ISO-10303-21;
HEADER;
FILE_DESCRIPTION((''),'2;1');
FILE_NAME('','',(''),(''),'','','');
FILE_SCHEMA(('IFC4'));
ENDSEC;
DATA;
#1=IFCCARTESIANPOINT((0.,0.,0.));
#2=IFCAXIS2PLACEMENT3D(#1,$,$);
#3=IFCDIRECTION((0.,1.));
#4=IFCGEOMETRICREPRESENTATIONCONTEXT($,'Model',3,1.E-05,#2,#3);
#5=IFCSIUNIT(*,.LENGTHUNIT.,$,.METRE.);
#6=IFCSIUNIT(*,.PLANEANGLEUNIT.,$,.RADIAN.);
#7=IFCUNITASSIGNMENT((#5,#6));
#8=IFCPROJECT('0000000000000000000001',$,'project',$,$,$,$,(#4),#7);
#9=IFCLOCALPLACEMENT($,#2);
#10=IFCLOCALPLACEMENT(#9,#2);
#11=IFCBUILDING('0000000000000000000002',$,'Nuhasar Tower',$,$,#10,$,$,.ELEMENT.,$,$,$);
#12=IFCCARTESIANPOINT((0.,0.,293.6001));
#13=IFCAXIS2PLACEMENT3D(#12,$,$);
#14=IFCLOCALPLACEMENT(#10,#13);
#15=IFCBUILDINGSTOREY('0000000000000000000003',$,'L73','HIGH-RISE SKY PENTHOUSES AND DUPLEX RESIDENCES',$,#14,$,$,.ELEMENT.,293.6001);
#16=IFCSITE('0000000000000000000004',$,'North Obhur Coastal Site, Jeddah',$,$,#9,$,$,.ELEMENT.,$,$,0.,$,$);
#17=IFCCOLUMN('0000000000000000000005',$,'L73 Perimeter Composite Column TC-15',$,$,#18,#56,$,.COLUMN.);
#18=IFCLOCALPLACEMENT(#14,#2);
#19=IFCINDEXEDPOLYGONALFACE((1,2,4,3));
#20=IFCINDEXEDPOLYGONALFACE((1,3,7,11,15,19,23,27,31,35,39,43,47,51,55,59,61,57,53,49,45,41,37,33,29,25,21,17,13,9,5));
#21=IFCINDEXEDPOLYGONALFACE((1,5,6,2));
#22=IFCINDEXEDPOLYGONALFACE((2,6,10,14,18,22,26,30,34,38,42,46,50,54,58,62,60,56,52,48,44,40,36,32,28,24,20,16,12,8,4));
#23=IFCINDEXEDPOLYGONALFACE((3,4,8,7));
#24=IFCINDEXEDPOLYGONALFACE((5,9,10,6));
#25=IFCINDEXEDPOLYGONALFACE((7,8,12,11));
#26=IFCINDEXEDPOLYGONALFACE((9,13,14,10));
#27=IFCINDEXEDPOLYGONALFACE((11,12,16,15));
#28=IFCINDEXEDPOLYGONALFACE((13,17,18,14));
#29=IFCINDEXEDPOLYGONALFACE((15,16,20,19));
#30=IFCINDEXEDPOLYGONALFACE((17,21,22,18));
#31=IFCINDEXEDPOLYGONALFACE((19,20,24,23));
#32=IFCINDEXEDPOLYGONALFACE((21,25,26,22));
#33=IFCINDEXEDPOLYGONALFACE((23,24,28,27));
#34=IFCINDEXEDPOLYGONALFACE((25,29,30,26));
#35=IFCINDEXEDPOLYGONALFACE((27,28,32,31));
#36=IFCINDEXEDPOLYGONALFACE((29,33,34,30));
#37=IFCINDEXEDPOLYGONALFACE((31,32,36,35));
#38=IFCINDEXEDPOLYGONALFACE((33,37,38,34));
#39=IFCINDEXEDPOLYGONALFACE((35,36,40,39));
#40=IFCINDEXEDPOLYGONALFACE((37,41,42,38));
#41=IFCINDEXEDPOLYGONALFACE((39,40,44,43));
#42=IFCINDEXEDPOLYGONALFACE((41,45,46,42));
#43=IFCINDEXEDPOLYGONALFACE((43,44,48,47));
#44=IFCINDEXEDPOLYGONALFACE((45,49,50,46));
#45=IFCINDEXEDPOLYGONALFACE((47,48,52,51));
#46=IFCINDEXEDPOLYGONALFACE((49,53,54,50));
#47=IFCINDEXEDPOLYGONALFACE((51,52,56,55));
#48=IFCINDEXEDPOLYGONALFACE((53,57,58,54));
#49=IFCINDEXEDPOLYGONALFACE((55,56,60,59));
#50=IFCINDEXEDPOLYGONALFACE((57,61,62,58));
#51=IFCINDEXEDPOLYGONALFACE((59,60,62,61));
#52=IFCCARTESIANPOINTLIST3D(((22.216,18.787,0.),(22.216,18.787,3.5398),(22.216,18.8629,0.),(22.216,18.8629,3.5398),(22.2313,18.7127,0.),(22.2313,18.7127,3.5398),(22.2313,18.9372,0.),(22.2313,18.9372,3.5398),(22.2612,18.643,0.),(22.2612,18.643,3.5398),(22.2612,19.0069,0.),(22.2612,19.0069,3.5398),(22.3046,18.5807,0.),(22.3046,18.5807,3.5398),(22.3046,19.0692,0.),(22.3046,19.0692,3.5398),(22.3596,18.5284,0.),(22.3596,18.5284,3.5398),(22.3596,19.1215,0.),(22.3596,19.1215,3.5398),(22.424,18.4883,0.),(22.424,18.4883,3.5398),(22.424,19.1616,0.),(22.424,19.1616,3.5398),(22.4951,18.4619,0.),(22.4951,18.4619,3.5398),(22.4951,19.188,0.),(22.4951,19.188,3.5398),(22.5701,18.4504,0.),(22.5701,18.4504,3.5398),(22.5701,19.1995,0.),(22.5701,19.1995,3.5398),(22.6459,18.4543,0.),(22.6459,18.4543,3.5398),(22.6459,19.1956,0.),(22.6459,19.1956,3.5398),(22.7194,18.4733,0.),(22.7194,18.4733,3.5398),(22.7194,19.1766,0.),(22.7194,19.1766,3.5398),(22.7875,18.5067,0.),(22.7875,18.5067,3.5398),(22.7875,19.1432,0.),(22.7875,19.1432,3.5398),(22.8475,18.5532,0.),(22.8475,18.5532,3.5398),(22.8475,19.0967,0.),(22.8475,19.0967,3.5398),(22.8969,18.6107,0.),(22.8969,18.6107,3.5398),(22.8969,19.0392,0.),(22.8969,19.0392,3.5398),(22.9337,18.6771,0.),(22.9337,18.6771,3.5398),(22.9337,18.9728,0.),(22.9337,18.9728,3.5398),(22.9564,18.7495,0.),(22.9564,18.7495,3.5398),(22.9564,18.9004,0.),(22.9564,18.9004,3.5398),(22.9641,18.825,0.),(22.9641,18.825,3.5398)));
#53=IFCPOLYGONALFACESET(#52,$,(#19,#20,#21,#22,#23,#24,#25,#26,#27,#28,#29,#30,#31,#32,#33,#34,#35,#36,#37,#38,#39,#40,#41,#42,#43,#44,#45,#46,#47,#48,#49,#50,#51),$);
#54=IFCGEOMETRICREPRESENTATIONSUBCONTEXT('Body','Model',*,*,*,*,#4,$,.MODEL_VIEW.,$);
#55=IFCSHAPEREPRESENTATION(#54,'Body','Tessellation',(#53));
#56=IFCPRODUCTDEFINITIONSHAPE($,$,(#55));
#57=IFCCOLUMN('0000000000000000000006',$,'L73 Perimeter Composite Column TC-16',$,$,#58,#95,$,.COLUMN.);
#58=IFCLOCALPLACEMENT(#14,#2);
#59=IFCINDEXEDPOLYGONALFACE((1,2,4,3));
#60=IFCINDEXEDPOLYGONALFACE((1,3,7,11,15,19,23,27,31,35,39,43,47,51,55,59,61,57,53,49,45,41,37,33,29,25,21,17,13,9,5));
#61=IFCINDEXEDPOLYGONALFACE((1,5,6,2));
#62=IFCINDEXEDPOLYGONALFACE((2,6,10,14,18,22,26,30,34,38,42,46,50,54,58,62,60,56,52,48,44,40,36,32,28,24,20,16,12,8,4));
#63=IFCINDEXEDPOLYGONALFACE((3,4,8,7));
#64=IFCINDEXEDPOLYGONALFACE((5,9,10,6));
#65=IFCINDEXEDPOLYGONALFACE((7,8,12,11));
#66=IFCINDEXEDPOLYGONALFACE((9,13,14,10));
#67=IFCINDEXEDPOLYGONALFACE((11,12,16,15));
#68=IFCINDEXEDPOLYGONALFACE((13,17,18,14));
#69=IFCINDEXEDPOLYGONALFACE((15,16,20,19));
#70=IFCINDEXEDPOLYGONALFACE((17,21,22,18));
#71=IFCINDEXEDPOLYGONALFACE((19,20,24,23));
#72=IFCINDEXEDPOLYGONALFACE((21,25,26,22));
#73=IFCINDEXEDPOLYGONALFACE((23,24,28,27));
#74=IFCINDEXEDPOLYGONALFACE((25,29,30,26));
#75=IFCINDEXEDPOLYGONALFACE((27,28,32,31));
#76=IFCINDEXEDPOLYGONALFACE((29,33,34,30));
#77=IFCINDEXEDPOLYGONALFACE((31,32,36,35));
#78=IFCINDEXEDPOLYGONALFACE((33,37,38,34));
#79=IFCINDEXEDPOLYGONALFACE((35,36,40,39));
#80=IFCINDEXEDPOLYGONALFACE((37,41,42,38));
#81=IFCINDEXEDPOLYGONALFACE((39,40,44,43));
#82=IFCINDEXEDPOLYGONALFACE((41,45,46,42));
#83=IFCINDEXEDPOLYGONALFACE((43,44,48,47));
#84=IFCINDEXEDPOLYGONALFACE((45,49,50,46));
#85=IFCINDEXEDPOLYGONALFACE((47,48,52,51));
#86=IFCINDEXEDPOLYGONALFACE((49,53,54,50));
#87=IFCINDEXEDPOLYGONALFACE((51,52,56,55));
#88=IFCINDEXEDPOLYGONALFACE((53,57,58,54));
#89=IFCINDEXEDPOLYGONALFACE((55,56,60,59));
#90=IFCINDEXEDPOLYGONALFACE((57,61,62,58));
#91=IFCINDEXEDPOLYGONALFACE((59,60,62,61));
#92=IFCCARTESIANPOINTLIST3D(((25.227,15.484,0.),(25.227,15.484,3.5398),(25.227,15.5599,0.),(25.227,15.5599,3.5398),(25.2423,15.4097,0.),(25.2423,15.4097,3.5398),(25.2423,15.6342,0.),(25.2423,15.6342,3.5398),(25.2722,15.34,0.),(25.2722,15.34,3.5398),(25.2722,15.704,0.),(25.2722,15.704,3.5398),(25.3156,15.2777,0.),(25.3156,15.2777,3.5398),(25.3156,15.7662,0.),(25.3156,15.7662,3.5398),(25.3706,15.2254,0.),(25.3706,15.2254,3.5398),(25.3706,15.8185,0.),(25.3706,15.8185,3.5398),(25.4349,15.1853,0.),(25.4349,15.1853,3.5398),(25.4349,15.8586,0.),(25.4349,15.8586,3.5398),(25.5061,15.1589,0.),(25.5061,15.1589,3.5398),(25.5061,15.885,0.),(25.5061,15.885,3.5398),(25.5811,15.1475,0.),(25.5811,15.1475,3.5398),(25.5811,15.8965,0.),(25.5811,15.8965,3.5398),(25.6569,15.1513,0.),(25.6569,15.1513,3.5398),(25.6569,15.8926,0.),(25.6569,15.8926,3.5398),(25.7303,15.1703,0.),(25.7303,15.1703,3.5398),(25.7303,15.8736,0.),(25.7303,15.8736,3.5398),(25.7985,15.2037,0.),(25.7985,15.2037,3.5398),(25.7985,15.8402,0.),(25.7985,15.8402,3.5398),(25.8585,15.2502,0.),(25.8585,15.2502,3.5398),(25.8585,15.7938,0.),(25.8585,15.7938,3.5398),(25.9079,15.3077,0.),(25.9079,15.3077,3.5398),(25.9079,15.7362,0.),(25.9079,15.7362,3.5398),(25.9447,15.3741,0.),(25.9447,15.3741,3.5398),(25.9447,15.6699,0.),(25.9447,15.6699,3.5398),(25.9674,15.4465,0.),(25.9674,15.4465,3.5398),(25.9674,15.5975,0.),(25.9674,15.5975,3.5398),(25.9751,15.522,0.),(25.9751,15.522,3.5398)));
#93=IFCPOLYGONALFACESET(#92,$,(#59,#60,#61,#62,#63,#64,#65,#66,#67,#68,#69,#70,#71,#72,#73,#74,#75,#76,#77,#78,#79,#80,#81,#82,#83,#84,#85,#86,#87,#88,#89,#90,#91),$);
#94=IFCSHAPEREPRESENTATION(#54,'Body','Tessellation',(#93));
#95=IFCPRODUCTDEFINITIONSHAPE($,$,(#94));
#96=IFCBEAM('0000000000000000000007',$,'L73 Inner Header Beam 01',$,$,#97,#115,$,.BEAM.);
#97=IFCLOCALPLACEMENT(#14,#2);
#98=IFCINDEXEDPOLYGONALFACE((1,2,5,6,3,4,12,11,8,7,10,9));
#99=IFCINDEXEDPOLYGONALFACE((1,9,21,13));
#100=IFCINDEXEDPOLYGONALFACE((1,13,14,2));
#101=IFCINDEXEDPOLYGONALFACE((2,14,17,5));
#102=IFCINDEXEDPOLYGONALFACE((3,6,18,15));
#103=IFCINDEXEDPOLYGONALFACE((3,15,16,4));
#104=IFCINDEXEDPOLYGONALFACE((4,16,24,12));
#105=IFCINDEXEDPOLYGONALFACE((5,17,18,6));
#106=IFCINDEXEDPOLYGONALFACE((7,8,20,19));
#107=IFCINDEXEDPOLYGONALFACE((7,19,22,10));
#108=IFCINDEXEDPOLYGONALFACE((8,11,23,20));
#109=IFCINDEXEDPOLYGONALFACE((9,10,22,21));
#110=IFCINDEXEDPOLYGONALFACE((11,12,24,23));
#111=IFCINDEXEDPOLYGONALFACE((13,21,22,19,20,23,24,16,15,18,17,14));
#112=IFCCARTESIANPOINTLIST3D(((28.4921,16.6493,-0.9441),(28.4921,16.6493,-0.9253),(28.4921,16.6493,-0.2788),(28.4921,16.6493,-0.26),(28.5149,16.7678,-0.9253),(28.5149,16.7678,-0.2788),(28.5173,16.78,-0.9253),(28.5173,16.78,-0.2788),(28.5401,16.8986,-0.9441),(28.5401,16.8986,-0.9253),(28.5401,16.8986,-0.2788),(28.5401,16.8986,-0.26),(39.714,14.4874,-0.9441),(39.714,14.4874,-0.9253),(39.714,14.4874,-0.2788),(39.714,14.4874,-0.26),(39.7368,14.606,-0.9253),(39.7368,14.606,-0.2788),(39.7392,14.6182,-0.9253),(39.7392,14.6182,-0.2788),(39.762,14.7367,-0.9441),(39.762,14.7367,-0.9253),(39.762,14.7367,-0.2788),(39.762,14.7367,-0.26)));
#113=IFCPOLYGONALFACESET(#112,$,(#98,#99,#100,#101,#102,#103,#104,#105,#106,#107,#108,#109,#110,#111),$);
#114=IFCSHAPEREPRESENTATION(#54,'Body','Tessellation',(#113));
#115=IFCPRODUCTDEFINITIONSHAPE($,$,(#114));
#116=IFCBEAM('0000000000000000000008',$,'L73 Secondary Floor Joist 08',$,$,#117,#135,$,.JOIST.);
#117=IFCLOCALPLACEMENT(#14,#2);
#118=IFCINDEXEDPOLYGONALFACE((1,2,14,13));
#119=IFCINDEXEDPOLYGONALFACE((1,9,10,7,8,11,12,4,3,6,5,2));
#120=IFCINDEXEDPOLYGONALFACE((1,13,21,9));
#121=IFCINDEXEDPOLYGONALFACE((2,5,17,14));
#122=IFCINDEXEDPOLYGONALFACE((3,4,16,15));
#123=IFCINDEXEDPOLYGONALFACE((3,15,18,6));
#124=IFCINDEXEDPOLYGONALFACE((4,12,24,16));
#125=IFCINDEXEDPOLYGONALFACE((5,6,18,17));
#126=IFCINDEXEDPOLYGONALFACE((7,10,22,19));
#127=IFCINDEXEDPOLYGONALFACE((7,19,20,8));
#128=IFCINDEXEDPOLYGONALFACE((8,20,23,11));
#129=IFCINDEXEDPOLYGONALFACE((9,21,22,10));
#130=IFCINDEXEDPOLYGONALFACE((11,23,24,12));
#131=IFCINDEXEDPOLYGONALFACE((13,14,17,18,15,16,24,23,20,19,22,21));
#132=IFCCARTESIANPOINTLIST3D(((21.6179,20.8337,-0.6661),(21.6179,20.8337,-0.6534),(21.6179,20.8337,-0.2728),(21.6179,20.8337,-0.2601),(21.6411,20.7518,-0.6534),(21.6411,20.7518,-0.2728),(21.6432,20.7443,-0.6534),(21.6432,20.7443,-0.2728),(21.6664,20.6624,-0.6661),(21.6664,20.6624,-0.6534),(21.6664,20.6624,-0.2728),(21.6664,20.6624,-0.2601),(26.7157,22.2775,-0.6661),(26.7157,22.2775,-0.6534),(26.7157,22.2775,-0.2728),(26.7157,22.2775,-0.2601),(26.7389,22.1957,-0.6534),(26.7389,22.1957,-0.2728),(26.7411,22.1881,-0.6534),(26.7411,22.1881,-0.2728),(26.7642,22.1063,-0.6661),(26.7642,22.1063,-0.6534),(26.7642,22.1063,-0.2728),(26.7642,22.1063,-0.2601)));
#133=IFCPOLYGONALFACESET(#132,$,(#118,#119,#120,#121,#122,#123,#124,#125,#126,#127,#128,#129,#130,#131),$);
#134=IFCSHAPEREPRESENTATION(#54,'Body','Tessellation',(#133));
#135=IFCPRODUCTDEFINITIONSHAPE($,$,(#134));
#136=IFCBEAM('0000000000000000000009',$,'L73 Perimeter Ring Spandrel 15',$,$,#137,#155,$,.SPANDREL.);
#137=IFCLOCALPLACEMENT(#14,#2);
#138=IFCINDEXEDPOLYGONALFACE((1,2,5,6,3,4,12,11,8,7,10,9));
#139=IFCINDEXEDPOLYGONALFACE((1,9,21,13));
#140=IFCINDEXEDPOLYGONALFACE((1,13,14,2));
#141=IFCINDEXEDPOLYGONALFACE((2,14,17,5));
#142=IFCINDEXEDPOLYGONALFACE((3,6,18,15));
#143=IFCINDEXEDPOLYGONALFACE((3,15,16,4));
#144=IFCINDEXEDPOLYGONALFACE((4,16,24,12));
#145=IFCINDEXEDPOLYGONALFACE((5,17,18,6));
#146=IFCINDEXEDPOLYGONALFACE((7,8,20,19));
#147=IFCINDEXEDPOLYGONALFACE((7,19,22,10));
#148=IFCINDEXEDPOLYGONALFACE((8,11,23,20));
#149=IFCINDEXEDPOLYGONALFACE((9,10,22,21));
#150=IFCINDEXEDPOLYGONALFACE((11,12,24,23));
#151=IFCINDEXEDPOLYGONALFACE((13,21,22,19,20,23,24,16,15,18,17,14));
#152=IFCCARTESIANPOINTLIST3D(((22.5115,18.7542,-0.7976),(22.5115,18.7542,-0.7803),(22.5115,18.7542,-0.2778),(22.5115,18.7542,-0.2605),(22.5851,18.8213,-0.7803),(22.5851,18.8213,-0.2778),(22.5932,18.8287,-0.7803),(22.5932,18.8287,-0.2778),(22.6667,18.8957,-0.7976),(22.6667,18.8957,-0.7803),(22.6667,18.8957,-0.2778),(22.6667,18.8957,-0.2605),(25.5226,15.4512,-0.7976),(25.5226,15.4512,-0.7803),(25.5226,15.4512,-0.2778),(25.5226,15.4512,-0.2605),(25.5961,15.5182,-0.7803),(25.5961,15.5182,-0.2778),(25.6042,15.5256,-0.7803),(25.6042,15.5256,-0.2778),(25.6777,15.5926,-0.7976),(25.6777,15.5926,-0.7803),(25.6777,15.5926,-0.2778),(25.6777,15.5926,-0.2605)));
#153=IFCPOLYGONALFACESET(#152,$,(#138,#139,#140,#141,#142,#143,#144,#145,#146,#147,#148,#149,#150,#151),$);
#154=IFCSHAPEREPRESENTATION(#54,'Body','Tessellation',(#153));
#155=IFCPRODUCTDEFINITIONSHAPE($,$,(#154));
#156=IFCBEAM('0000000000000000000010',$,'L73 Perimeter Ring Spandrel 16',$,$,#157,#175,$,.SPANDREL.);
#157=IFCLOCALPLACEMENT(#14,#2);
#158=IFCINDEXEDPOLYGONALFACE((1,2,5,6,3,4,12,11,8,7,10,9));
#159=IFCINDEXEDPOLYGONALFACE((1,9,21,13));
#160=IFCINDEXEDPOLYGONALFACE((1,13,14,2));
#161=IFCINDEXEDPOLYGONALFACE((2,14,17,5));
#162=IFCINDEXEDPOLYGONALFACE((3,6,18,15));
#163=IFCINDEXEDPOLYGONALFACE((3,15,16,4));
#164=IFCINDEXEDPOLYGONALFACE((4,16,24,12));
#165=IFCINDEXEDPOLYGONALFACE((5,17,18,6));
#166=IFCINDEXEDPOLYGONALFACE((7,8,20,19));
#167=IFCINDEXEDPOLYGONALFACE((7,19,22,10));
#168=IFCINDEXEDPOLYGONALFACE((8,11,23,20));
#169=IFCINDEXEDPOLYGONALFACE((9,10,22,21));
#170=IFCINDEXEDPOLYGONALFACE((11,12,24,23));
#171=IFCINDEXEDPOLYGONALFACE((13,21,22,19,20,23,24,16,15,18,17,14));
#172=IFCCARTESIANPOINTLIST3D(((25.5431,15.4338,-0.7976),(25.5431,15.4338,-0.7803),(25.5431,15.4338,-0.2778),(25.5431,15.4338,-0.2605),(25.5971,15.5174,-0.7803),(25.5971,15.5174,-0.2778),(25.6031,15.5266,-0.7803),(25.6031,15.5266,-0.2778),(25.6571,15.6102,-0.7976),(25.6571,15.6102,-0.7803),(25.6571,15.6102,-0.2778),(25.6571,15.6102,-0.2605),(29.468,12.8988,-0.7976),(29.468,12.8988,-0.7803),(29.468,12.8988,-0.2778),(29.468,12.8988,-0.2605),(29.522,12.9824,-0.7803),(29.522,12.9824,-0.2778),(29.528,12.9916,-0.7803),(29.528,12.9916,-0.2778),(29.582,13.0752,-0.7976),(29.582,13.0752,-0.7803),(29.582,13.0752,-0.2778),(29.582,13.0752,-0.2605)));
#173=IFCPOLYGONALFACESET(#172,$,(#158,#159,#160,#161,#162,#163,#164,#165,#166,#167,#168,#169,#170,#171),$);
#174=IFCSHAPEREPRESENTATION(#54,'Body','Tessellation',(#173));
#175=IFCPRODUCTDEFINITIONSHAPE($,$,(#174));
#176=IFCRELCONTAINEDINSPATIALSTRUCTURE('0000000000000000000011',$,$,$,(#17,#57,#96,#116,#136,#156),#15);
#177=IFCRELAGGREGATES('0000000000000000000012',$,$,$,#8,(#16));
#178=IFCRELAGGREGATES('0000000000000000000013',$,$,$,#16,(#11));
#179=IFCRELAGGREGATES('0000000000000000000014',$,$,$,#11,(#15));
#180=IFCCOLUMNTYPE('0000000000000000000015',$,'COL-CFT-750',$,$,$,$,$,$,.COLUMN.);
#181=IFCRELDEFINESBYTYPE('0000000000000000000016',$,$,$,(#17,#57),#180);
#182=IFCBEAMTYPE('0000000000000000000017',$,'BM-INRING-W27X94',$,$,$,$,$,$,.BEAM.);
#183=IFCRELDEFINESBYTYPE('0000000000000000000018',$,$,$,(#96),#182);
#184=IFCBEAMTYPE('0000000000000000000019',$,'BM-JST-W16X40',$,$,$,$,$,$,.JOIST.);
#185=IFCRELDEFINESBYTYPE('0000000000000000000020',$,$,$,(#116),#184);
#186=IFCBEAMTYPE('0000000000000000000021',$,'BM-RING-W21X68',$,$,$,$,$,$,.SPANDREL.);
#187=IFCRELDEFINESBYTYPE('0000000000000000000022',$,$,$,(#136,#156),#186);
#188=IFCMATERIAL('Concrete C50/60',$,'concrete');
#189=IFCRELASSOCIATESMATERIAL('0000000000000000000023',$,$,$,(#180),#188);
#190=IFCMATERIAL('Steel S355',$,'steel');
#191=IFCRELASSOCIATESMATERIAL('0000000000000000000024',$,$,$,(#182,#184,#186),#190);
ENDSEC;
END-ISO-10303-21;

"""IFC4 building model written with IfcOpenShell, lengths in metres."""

from ifc_helpers import new_model, si_unit, direction, frame, origin, origin_2d, place, context, subcontext, project, spatial, circle, i_section, extrude, material, material_profile, profile_set, type_object, element, save


model = new_model("IFC4")

# Units and contexts
model_context = context("Model", 3, precision=1e-05, world=origin(), true_north=direction((0.0, 1.0)))
body_context = subcontext(model_context, "Body", "Model", "MODEL_VIEW")
ifc_project = project(units=[si_unit("LENGTHUNIT", "METRE"), si_unit("PLANEANGLEUNIT", "RADIAN")], contexts=[model_context])

# Site, building, storey
site_placement = place(None, origin())
site = spatial("IfcSite", under=ifc_project, at=site_placement, Name="North Obhur Coastal Site, Jeddah", CompositionType="ELEMENT", RefElevation=0.0)
building_placement = place(site_placement, origin())
building = spatial("IfcBuilding", under=site, at=building_placement, Name="Nuhasar Tower", CompositionType="ELEMENT")
storey_placement = place(building_placement, frame((0.0, 0.0, 293.6001)))
storey = spatial("IfcBuildingStorey", under=building, at=storey_placement, Name="L73", Description="HIGH-RISE SKY PENTHOUSES AND DUPLEX RESIDENCES", CompositionType="ELEMENT", Elevation=293.6001)

# Columns
ifc_material_1 = material(Name="Concrete C50/60", Category="concrete")
ifc_material_profile_1 = material_profile(ifc_material_1, circle(Radius=0.375, at=origin_2d()), Name="CFT750")
ifc_profile_set_1 = profile_set([ifc_material_profile_1], Name="Concrete C50/60")
column_type = type_object("IfcColumnType", Name="COL-CFT-750", PredefinedType="COLUMN", material=ifc_profile_set_1)
for number, where, z_axis, x_axis, name in (
    (1, (22.5891, 18.825, 0.0), (0.0, 0.0, 1.0), (1.0, 0.0, 0.0), "L73 Perimeter Composite Column TC-15"),
    (2, (25.6001, 15.522, 0.0), (0.0, 0.0, 1.0), (1.0, 0.0, 0.0), "L73 Perimeter Composite Column TC-16"),
):
    element("IfcColumn", number, at=place(storey_placement, frame(where, z_axis=z_axis, x_axis=x_axis)), inside=storey, type_object=column_type, Name=name, PredefinedType="COLUMN", context=body_context, shape_type="SweptSolid", body=[
        extrude(circle(Radius=0.375, at=origin_2d()), origin(), (0.0, 0.0, 1.0), 3.5398),
    ])

# Beams
ifc_material_2 = material(Name="Steel S355", Category="steel")
ifc_material_profile_2 = material_profile(ifc_material_2, i_section(OverallWidth=0.2539, OverallDepth=0.6841, WebThickness=0.0125, FlangeThickness=0.0188, at=origin_2d()), Name="W27X94")
ifc_profile_set_2 = profile_set([ifc_material_profile_2], Name="Steel S355")
beam_type_1 = type_object("IfcBeamType", Name="BM-INRING-W27X94", PredefinedType="BEAM", material=ifc_profile_set_2)
beam_1_placement = place(storey_placement, frame((28.5161, 16.7739, -0.6021), z_axis=(0.981945, -0.189168, 0.0), x_axis=(0.189168, 0.981945, 0.0)))
element("IfcBeam", 3, at=beam_1_placement, inside=storey, type_object=beam_type_1, Name="L73 Inner Header Beam 01", PredefinedType="BEAM", context=body_context, shape_type="SweptSolid", body=[
    extrude(i_section(OverallWidth=0.2539, OverallDepth=0.6841, WebThickness=0.0125, FlangeThickness=0.0188, at=origin_2d()), origin(), (0.0, 0.0, 1.0), 11.4282),
])
ifc_material_profile_3 = material_profile(ifc_material_2, i_section(OverallWidth=0.178, OverallDepth=0.406, WebThickness=0.0078, FlangeThickness=0.0127, at=origin_2d()), Name="W16X40")
ifc_profile_set_3 = profile_set([ifc_material_profile_3], Name="Steel S355")
beam_type_2 = type_object("IfcBeamType", Name="BM-JST-W16X40", PredefinedType="JOIST", material=ifc_profile_set_3)
beam_2_placement = place(storey_placement, frame((26.74, 22.1919, -0.4631), z_axis=(-0.962154, -0.272505, 0.0), x_axis=(0.272505, -0.962154, 0.0)))
element("IfcBeam", 4, at=beam_2_placement, inside=storey, type_object=beam_type_2, Name="L73 Secondary Floor Joist 08", PredefinedType="JOIST", context=body_context, shape_type="SweptSolid", body=[
    extrude(i_section(OverallWidth=0.178, OverallDepth=0.406, WebThickness=0.0078, FlangeThickness=0.0127, at=origin_2d()), origin(), (0.0, 0.0, 1.0), 5.2983),
])
ifc_material_profile_4 = material_profile(ifc_material_2, i_section(OverallWidth=0.21, OverallDepth=0.5371, WebThickness=0.011, FlangeThickness=0.0173, at=origin_2d()), Name="W21X68")
ifc_profile_set_4 = profile_set([ifc_material_profile_4], Name="Steel S355")
beam_type_3 = type_object("IfcBeamType", Name="BM-RING-W21X68", PredefinedType="SPANDREL", material=ifc_profile_set_4)
beam_3_placement = place(storey_placement, frame((22.5891, 18.825, -0.5291), z_axis=(0.673686, -0.739017, 0.0), x_axis=(0.739017, 0.673686, 0.0)))
element("IfcBeam", 5, at=beam_3_placement, inside=storey, type_object=beam_type_3, Name="L73 Perimeter Ring Spandrel 15", PredefinedType="SPANDREL", context=body_context, shape_type="SweptSolid", body=[
    extrude(i_section(OverallWidth=0.21, OverallDepth=0.5371, WebThickness=0.011, FlangeThickness=0.0173, at=origin_2d()), origin(), (0.0, 0.0, 1.0), 4.4695),
])
beam_4_placement = place(storey_placement, frame((25.6001, 15.522, -0.5291), z_axis=(0.840025, -0.542547, 0.0), x_axis=(0.542547, 0.840025, 0.0)))
element("IfcBeam", 6, at=beam_4_placement, inside=storey, type_object=beam_type_3, Name="L73 Perimeter Ring Spandrel 16", PredefinedType="SPANDREL", context=body_context, shape_type="SweptSolid", body=[
    extrude(i_section(OverallWidth=0.21, OverallDepth=0.5371, WebThickness=0.011, FlangeThickness=0.0173, at=origin_2d()), origin(), (0.0, 0.0, 1.0), 4.6724),
])

save(model, "model.ifc")
